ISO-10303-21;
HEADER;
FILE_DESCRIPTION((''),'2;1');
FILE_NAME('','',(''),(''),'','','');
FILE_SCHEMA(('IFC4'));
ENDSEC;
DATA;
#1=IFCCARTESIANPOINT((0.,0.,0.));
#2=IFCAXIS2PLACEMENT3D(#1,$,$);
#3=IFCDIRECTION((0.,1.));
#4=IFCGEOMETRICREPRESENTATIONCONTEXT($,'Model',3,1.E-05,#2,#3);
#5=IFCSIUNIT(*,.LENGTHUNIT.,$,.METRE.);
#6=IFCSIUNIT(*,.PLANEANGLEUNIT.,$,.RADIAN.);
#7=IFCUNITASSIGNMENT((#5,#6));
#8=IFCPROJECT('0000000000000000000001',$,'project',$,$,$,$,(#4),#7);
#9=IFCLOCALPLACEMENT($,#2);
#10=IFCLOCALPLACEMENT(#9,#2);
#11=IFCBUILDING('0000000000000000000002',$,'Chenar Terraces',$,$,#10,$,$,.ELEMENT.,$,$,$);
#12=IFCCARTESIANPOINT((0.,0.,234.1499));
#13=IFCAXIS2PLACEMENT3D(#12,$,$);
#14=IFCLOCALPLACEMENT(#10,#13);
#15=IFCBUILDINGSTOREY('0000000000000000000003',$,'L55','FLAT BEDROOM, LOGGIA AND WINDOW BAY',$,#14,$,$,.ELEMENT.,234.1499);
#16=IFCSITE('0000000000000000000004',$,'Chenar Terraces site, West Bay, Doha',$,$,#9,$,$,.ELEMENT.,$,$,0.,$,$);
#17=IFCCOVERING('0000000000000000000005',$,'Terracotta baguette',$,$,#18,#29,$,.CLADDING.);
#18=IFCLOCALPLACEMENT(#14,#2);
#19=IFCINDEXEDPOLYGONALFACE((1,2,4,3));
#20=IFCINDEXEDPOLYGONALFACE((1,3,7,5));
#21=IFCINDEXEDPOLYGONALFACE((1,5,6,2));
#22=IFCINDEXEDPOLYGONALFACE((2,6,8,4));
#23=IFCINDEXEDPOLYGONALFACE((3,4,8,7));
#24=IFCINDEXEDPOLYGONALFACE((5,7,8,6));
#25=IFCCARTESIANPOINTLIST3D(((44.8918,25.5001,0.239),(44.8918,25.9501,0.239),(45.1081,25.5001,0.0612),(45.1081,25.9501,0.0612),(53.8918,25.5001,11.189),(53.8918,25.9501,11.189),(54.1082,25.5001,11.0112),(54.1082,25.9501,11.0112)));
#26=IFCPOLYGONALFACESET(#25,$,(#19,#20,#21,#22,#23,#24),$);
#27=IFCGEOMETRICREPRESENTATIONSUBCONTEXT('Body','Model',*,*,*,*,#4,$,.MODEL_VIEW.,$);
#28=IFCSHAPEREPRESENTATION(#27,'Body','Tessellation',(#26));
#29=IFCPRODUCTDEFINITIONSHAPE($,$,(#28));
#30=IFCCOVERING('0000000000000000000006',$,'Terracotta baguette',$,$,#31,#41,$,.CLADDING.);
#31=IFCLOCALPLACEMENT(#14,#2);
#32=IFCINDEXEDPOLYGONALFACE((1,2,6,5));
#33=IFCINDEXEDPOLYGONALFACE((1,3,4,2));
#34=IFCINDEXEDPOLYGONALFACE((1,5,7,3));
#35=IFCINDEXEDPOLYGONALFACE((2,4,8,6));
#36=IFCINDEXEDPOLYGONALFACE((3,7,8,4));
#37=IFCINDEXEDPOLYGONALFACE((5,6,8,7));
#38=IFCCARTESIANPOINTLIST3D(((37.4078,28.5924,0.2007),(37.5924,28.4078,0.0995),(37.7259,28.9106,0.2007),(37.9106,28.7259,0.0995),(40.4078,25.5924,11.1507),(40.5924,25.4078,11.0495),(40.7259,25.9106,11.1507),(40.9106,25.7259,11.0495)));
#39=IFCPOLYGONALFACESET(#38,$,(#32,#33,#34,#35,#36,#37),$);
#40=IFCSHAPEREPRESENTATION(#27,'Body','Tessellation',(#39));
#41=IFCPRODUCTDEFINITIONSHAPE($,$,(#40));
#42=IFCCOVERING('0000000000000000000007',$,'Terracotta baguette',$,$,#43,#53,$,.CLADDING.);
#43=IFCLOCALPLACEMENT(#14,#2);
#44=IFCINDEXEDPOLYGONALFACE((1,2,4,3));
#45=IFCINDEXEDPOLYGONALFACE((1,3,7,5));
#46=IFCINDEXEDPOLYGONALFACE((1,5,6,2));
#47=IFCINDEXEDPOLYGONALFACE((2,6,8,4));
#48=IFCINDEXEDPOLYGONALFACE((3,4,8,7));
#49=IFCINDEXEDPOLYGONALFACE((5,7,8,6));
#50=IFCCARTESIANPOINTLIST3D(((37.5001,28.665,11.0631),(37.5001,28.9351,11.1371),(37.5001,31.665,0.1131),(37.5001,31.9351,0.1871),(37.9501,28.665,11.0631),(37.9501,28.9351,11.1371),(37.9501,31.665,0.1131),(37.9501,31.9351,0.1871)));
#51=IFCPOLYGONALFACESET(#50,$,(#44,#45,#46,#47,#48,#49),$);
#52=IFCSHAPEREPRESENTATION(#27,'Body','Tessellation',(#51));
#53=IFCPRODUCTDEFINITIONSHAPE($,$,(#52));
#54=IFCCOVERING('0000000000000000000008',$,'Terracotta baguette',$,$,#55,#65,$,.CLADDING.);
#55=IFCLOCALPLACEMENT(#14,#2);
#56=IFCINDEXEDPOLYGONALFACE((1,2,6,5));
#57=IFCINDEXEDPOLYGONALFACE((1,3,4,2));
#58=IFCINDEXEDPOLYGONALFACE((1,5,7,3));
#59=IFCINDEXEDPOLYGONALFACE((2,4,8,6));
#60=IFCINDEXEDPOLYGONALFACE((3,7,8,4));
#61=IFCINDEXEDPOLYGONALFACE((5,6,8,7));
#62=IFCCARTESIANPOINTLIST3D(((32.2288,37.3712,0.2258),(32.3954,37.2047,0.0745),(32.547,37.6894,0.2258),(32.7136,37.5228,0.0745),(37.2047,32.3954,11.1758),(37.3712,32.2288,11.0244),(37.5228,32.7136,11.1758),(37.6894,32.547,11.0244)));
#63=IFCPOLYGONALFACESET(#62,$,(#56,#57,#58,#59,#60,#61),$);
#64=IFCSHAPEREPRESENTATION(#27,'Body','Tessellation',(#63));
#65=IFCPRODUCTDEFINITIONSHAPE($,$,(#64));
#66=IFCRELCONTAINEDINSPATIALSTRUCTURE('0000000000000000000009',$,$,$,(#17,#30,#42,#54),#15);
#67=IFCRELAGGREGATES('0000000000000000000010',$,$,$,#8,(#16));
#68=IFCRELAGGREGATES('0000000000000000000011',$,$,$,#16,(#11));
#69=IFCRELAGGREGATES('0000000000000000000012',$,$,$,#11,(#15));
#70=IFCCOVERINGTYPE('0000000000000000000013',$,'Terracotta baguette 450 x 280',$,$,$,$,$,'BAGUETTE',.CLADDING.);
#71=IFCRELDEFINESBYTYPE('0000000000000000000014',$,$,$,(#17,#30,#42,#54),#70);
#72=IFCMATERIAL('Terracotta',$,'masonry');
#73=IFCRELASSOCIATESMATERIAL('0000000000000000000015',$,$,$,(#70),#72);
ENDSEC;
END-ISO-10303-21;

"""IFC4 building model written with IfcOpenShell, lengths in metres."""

from ifc_helpers import new_model, si_unit, direction, frame, origin, origin_2d, place, context, subcontext, project, spatial, rectangle, extrude, material, material_profile, profile_set, type_object, element, save


model = new_model("IFC4")

# Units and contexts
model_context = context("Model", 3, precision=1e-05, world=origin(), true_north=direction((0.0, 1.0)))
body_context = subcontext(model_context, "Body", "Model", "MODEL_VIEW")
ifc_project = project(units=[si_unit("LENGTHUNIT", "METRE"), si_unit("PLANEANGLEUNIT", "RADIAN")], contexts=[model_context])

# Site, building, storey
site_placement = place(None, origin())
site = spatial("IfcSite", under=ifc_project, at=site_placement, Name="Chenar Terraces site, West Bay, Doha", CompositionType="ELEMENT", RefElevation=0.0)
building_placement = place(site_placement, origin())
building = spatial("IfcBuilding", under=site, at=building_placement, Name="Chenar Terraces", CompositionType="ELEMENT")
storey_placement = place(building_placement, frame((0.0, 0.0, 234.1499)))
storey = spatial("IfcBuildingStorey", under=building, at=storey_placement, Name="L55", Description="FLAT BEDROOM, LOGGIA AND WINDOW BAY", CompositionType="ELEMENT", Elevation=234.1499)

# Coverings
ifc_material_1 = material(Name="Terracotta", Category="masonry")
ifc_material_profile_1 = material_profile(ifc_material_1, rectangle(XDim=0.45, YDim=0.28, at=origin_2d()), Name="Terracotta baguette 450 x 280")
ifc_profile_set_1 = profile_set([ifc_material_profile_1], Name="Terracotta")
covering_type = type_object("IfcCoveringType", Name="Terracotta baguette 450 x 280", ElementType="BAGUETTE", PredefinedType="CLADDING", material=ifc_profile_set_1)
covering_1_placement = place(storey_placement, frame((54.0, 25.7251, 11.1001), z_axis=(-0.634967, 0.0, -0.772539), x_axis=(0.0, -1.0, 0.0)))
element("IfcCovering", 1, at=covering_1_placement, inside=storey, type_object=covering_type, Name="Terracotta baguette", PredefinedType="CLADDING", context=body_context, shape_type="SweptSolid", body=[
    extrude(rectangle(XDim=0.45, YDim=0.28, at=origin_2d()), origin(), (0.0, 0.0, 1.0), 14.1741),
])
covering_2_placement = place(storey_placement, frame((40.6592, 25.6592, 11.1001), z_axis=(-0.255468, 0.255468, -0.932455), x_axis=(-0.707107, -0.707107, 0.0)))
element("IfcCovering", 2, at=covering_2_placement, inside=storey, type_object=covering_type, Name="Terracotta baguette", PredefinedType="CLADDING", context=body_context, shape_type="SweptSolid", body=[
    extrude(rectangle(XDim=0.45, YDim=0.28, at=origin_2d()), origin(), (0.0, 0.0, 1.0), 11.7432),
])
covering_3_placement = place(storey_placement, frame((37.7251, 28.8, 11.1001), z_axis=(0.0, 0.264236, -0.964458), x_axis=(-1.0, 0.0, 0.0)))
element("IfcCovering", 3, at=covering_3_placement, inside=storey, type_object=covering_type, Name="Terracotta baguette", PredefinedType="CLADDING", context=body_context, shape_type="SweptSolid", body=[
    extrude(rectangle(XDim=0.45, YDim=0.28, at=origin_2d()), origin(), (0.0, 0.0, 1.0), 11.3535),
])
covering_4_placement = place(storey_placement, frame((37.447, 32.4712, 11.1001), z_axis=(-0.382282, 0.382282, -0.841261), x_axis=(-0.707107, -0.707107, 0.0)))
element("IfcCovering", 4, at=covering_4_placement, inside=storey, type_object=covering_type, Name="Terracotta baguette", PredefinedType="CLADDING", context=body_context, shape_type="SweptSolid", body=[
    extrude(rectangle(XDim=0.45, YDim=0.28, at=origin_2d()), origin(), (0.0, 0.0, 1.0), 13.0161),
])

save(model, "model.ifc")
